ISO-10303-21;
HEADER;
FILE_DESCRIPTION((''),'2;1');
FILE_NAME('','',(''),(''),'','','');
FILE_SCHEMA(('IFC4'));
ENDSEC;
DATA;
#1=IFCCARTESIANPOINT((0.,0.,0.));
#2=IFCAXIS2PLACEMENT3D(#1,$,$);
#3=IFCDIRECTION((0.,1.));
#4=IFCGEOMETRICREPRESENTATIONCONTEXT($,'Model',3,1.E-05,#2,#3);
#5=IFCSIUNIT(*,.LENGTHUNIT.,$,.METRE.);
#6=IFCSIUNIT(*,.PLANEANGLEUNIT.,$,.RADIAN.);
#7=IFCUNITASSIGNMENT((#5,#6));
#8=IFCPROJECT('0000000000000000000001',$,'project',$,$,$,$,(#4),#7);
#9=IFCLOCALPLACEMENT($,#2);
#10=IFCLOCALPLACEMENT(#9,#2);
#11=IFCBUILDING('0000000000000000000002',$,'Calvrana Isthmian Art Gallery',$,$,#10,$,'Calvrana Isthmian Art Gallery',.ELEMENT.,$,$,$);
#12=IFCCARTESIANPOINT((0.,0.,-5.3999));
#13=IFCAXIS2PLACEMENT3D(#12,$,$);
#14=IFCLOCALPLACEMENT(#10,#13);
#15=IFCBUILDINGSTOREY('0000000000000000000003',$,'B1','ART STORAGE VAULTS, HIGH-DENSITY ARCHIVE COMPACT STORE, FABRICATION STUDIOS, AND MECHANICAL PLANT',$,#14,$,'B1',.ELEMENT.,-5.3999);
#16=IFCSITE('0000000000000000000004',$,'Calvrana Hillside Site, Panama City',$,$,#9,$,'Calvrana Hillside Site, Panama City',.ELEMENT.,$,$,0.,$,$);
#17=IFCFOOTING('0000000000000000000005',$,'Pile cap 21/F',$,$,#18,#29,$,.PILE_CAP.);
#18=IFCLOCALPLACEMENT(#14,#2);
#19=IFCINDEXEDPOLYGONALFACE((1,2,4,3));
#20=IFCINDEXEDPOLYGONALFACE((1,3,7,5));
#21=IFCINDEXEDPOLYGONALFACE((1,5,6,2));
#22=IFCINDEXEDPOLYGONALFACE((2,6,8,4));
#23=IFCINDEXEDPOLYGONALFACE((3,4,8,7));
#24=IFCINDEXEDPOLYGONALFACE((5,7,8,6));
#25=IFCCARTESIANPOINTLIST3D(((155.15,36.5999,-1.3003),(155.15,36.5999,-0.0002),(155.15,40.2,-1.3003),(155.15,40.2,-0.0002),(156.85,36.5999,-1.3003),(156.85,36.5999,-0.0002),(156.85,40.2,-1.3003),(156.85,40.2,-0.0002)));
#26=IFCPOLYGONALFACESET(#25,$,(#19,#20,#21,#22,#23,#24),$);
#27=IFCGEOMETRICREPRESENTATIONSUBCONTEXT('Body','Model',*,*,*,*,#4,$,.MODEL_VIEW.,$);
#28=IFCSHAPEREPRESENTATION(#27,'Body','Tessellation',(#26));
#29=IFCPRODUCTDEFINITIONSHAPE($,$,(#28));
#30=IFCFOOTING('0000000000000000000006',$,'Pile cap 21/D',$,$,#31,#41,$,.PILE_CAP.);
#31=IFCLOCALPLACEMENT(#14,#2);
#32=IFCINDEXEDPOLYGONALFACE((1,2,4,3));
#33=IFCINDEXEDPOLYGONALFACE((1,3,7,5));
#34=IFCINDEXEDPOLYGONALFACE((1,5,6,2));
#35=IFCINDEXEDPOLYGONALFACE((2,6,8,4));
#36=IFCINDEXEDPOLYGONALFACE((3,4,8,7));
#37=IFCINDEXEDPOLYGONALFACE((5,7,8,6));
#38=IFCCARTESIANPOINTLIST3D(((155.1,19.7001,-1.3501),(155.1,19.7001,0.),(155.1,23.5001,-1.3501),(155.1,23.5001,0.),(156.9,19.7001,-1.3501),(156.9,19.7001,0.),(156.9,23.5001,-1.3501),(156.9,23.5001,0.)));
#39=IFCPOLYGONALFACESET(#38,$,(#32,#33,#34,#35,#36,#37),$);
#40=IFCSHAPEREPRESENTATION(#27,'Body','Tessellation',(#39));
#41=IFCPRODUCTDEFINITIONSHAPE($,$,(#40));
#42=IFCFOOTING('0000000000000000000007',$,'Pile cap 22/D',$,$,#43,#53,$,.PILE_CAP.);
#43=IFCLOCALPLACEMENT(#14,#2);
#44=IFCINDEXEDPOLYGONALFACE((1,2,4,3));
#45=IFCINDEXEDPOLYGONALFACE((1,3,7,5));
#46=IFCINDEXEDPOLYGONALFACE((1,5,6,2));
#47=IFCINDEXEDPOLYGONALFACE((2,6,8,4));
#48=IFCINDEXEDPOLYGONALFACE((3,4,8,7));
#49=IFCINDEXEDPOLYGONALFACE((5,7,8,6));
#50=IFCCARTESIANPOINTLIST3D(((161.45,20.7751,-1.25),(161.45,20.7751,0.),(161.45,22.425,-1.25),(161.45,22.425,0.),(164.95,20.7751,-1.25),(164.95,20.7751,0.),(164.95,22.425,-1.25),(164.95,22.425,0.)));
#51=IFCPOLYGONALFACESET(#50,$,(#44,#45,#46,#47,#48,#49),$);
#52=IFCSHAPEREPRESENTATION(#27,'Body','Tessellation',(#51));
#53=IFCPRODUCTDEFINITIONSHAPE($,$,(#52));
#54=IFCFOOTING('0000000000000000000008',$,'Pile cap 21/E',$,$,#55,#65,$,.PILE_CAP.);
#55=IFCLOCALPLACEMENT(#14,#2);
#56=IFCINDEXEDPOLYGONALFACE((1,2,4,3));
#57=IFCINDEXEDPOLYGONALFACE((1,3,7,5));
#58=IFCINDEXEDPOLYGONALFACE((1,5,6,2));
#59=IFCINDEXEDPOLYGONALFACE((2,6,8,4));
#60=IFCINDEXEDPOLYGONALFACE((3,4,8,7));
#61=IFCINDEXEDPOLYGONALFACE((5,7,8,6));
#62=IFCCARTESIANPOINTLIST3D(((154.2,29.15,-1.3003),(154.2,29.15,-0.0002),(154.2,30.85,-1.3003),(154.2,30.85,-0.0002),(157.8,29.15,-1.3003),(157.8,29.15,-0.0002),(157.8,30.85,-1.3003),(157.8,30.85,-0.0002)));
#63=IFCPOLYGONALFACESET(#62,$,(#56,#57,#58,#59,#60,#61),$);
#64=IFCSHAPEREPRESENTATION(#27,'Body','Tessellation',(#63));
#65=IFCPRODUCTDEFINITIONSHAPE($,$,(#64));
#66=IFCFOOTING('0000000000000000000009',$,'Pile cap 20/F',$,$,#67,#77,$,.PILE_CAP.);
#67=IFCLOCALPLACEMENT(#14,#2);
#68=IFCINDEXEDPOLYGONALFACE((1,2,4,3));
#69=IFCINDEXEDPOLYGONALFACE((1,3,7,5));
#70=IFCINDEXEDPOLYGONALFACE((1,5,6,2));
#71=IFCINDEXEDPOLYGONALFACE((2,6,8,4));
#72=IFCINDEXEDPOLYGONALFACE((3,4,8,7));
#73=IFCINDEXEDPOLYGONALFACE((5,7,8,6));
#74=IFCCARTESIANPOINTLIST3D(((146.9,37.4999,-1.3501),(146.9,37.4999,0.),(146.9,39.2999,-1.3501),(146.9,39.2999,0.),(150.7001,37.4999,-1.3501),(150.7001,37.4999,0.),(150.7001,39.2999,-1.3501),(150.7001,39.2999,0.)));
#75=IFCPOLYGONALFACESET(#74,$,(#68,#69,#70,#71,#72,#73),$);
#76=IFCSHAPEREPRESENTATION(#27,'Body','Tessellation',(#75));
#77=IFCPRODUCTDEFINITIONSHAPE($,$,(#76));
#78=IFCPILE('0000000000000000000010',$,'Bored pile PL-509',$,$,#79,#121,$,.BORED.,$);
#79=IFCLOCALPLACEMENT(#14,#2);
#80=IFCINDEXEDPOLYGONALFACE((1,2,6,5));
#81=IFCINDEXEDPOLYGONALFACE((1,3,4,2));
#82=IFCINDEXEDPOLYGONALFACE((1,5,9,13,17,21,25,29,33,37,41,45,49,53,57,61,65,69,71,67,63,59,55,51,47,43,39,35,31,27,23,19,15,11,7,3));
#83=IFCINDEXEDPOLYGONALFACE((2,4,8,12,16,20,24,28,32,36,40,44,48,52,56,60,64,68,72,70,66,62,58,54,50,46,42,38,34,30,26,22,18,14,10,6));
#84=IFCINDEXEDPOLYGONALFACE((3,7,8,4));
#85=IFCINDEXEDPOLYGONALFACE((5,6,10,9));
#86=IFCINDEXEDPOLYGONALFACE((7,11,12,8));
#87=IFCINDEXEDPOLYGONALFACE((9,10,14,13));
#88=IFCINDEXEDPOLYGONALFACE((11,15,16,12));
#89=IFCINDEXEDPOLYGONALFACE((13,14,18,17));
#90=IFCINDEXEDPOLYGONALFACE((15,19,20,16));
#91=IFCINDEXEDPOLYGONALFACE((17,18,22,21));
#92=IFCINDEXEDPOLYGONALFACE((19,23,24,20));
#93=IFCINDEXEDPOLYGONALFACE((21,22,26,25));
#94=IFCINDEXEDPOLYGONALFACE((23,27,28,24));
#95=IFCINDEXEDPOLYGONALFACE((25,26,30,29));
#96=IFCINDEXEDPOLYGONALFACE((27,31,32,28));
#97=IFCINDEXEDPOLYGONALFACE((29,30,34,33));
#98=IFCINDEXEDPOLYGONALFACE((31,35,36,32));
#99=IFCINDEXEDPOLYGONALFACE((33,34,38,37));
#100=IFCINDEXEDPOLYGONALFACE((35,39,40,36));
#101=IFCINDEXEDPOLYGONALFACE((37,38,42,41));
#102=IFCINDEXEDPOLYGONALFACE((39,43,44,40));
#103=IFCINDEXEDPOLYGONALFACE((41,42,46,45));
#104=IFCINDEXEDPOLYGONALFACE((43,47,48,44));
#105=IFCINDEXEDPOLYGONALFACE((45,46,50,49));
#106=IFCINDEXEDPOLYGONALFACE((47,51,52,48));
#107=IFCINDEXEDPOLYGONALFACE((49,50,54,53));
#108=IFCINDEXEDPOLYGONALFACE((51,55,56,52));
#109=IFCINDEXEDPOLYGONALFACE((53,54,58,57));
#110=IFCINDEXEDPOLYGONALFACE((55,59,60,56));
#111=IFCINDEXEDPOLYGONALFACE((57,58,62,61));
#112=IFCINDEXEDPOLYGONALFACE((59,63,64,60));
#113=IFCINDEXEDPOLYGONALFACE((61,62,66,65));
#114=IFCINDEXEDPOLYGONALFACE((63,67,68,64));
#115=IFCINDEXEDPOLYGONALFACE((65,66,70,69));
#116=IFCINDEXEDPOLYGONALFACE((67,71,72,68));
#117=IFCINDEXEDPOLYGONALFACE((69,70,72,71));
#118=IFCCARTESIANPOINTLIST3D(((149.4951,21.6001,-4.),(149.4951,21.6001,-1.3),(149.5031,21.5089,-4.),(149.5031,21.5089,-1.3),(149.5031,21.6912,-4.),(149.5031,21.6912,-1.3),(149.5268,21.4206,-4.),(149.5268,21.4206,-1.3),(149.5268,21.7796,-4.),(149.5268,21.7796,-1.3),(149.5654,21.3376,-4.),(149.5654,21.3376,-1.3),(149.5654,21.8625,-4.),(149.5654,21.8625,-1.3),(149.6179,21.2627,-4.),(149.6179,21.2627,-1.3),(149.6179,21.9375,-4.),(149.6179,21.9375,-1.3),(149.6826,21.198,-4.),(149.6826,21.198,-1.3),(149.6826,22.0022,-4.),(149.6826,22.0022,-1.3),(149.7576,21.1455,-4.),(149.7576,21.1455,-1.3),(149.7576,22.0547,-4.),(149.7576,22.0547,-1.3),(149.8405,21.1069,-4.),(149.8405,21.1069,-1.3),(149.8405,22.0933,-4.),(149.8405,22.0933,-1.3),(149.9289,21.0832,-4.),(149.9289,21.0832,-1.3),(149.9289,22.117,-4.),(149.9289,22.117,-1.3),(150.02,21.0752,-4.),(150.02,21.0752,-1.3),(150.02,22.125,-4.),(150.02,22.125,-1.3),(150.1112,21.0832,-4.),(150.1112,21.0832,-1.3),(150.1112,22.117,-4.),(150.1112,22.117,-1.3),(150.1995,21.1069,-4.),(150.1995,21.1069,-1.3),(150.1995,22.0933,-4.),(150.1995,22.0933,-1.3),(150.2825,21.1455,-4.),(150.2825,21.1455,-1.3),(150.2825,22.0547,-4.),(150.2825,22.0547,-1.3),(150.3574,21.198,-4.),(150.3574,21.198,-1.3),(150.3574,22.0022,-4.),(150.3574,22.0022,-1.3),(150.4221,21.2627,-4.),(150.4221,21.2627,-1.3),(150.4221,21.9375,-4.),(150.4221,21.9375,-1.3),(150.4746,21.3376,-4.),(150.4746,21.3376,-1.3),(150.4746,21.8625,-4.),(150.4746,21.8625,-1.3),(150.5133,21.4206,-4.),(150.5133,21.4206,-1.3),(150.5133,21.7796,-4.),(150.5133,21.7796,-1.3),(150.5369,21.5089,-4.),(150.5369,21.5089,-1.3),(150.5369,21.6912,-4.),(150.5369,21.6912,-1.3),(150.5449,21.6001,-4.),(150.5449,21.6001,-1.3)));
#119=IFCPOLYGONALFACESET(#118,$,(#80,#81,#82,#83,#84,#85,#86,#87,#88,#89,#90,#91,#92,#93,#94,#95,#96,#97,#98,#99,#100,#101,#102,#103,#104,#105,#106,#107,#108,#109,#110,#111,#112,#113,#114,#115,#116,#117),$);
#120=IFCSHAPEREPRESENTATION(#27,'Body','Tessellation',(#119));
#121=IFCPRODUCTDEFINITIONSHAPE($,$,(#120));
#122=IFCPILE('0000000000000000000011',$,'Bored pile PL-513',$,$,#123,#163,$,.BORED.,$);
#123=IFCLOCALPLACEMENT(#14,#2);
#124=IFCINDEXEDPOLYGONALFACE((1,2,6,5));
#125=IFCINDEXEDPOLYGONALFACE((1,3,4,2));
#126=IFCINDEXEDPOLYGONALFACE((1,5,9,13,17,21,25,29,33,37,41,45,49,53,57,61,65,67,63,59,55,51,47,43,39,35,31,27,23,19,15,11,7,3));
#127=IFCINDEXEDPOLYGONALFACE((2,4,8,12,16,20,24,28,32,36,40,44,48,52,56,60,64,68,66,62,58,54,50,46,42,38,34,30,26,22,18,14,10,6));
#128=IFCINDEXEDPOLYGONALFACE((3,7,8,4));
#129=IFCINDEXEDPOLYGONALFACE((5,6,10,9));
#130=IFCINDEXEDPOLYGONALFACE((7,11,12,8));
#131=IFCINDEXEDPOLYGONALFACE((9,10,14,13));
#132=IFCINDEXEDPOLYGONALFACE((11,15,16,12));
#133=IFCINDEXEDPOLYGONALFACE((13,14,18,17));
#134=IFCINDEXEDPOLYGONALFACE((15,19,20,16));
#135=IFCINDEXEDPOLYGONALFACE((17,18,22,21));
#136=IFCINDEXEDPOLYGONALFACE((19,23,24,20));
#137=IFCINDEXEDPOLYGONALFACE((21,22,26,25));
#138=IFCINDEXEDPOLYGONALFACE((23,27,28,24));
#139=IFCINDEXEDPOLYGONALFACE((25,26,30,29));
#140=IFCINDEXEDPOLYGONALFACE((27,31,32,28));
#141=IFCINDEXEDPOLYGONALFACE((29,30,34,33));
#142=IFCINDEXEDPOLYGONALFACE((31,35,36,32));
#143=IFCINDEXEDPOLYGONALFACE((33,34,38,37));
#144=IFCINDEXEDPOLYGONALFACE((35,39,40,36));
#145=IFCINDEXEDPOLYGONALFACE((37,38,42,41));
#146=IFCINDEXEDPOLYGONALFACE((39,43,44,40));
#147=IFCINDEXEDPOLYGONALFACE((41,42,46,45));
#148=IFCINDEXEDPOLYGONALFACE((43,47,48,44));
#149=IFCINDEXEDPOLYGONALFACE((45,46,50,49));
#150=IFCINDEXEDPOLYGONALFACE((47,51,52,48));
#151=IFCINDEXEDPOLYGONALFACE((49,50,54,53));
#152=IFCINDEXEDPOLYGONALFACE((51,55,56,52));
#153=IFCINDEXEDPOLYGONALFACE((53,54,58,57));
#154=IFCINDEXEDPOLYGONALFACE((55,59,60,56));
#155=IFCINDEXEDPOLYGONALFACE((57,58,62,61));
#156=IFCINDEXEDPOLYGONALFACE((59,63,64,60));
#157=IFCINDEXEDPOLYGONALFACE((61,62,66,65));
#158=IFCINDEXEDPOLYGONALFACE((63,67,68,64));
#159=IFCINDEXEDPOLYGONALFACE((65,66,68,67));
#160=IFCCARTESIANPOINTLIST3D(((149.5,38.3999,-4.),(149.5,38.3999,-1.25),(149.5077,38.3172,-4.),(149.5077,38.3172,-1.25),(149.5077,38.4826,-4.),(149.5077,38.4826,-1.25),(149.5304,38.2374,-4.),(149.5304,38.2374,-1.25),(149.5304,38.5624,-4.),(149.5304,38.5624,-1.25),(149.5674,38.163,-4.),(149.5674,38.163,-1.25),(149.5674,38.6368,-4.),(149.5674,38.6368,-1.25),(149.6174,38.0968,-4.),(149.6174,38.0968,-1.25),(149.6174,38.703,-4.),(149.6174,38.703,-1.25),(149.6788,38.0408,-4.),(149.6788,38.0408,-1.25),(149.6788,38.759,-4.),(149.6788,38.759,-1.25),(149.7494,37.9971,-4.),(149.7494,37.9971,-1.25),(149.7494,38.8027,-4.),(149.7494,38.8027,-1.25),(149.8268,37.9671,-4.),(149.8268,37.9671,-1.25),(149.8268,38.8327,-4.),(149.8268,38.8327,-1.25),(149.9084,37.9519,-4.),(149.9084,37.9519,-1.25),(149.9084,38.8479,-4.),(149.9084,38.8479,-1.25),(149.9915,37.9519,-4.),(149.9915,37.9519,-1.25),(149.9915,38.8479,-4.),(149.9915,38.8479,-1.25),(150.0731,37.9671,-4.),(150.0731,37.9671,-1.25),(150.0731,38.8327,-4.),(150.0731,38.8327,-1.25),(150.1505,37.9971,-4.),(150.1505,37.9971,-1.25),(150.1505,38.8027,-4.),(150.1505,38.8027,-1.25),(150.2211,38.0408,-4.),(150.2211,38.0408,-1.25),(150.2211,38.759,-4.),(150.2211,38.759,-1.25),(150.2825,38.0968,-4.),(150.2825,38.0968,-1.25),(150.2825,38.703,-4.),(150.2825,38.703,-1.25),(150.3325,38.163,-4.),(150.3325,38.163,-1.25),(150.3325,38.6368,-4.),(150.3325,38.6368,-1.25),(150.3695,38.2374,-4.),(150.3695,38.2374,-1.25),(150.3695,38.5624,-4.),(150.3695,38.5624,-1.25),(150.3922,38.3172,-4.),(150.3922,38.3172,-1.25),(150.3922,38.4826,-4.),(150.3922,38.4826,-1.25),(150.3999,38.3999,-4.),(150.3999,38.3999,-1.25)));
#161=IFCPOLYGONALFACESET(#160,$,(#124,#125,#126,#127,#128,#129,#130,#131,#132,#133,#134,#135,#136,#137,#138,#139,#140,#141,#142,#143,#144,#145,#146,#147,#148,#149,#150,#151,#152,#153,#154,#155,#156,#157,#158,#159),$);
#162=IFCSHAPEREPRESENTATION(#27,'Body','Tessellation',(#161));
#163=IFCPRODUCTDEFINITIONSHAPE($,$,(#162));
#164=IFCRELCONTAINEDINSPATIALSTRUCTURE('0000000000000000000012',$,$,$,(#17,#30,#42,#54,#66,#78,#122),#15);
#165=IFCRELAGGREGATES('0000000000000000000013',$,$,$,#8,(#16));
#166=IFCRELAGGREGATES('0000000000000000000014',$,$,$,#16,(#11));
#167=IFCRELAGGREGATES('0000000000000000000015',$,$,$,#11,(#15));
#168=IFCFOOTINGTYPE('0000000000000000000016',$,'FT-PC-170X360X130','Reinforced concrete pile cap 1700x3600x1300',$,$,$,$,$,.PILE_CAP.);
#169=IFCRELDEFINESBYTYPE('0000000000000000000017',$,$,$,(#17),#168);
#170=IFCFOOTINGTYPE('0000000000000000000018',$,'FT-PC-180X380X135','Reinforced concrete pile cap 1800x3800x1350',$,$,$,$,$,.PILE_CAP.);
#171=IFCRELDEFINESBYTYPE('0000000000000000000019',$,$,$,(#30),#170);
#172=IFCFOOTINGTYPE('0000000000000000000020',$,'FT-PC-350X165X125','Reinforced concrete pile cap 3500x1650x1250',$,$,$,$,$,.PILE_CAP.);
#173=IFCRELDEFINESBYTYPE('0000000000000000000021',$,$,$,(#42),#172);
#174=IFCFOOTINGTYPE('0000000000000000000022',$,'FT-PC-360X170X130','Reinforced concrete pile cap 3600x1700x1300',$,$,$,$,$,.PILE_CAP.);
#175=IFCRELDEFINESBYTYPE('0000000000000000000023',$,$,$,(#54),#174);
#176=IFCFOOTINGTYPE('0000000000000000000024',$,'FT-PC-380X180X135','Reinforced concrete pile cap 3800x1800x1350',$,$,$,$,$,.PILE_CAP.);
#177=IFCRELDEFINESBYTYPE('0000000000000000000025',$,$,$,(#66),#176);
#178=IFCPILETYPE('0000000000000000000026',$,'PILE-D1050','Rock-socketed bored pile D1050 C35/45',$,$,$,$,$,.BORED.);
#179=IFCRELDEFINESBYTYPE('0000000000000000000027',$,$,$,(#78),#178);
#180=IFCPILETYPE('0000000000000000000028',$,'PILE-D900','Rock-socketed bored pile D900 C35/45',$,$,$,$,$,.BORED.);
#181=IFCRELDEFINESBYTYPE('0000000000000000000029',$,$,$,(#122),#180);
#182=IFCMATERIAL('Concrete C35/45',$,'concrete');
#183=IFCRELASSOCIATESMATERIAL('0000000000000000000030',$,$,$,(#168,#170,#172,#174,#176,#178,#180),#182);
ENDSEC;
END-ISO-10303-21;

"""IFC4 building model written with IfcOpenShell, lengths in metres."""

from ifc_helpers import new_model, si_unit, direction, frame, origin, origin_2d, place, context, subcontext, project, spatial, rectangle, circle, extrude, material, material_profile, profile_set, type_object, element, save


model = new_model("IFC4")

# Units and contexts
model_context = context("Model", 3, precision=1e-05, world=origin(), true_north=direction((0.0, 1.0)))
body_context = subcontext(model_context, "Body", "Model", "MODEL_VIEW")
ifc_project = project(units=[si_unit("LENGTHUNIT", "METRE"), si_unit("PLANEANGLEUNIT", "RADIAN")], contexts=[model_context])

# Site, building, storey
site_placement = place(None, origin())
site = spatial("IfcSite", under=ifc_project, at=site_placement, Name="Calvrana Hillside Site, Panama City", LongName="Calvrana Hillside Site, Panama City", CompositionType="ELEMENT", RefElevation=0.0)
building_placement = place(site_placement, origin())
building = spatial("IfcBuilding", under=site, at=building_placement, Name="Calvrana Isthmian Art Gallery", LongName="Calvrana Isthmian Art Gallery", CompositionType="ELEMENT")
storey_placement = place(building_placement, frame((0.0, 0.0, -5.3999)))
storey = spatial("IfcBuildingStorey", under=building, at=storey_placement, Name="B1", Description="ART STORAGE VAULTS, HIGH-DENSITY ARCHIVE COMPACT STORE, FABRICATION STUDIOS, AND MECHANICAL PLANT", LongName="B1", CompositionType="ELEMENT", Elevation=-5.3999)

# Footings
ifc_material_1 = material(Name="Concrete C35/45", Category="concrete")
footing_type_1 = type_object("IfcFootingType", Name="FT-PC-170X360X130", Description="Reinforced concrete pile cap 1700x3600x1300", PredefinedType="PILE_CAP", material=ifc_material_1)
footing_1_placement = place(storey_placement, frame((156.0, 38.3999, -1.3003), z_axis=(0.0, 0.0, 1.0), x_axis=(1.0, 0.0, 0.0)))
element("IfcFooting", 1, at=footing_1_placement, inside=storey, type_object=footing_type_1, Name="Pile cap 21/F", PredefinedType="PILE_CAP", context=body_context, shape_type="SweptSolid", body=[
    extrude(rectangle(XDim=1.7, YDim=3.6001, at=origin_2d()), origin(), (0.0, 0.0, 1.0), 1.3),
])
footing_type_2 = type_object("IfcFootingType", Name="FT-PC-180X380X135", Description="Reinforced concrete pile cap 1800x3800x1350", PredefinedType="PILE_CAP", material=ifc_material_1)
footing_2_placement = place(storey_placement, frame((156.0, 21.6001, -1.3501), z_axis=(0.0, 0.0, 1.0), x_axis=(1.0, 0.0, 0.0)))
element("IfcFooting", 2, at=footing_2_placement, inside=storey, type_object=footing_type_2, Name="Pile cap 21/D", PredefinedType="PILE_CAP", context=body_context, shape_type="SweptSolid", body=[
    extrude(rectangle(XDim=1.8, YDim=3.8, at=origin_2d()), origin(), (0.0, 0.0, 1.0), 1.3501),
])
footing_type_3 = type_object("IfcFootingType", Name="FT-PC-350X165X125", Description="Reinforced concrete pile cap 3500x1650x1250", PredefinedType="PILE_CAP", material=ifc_material_1)
footing_3_placement = place(storey_placement, frame((163.2, 21.6001, -1.25), z_axis=(0.0, 0.0, 1.0), x_axis=(1.0, 0.0, 0.0)))
element("IfcFooting", 3, at=footing_3_placement, inside=storey, type_object=footing_type_3, Name="Pile cap 22/D", PredefinedType="PILE_CAP", context=body_context, shape_type="SweptSolid", body=[
    extrude(rectangle(XDim=3.5, YDim=1.6499, at=origin_2d()), origin(), (0.0, 0.0, 1.0), 1.25),
])
footing_type_4 = type_object("IfcFootingType", Name="FT-PC-360X170X130", Description="Reinforced concrete pile cap 3600x1700x1300", PredefinedType="PILE_CAP", material=ifc_material_1)
footing_4_placement = place(storey_placement, frame((156.0, 30.0, -1.3003), z_axis=(0.0, 0.0, 1.0), x_axis=(1.0, 0.0, 0.0)))
element("IfcFooting", 4, at=footing_4_placement, inside=storey, type_object=footing_type_4, Name="Pile cap 21/E", PredefinedType="PILE_CAP", context=body_context, shape_type="SweptSolid", body=[
    extrude(rectangle(XDim=3.6001, YDim=1.7, at=origin_2d()), origin(), (0.0, 0.0, 1.0), 1.3),
])
footing_type_5 = type_object("IfcFootingType", Name="FT-PC-380X180X135", Description="Reinforced concrete pile cap 3800x1800x1350", PredefinedType="PILE_CAP", material=ifc_material_1)
footing_5_placement = place(storey_placement, frame((148.8, 38.3999, -1.3501), z_axis=(0.0, 0.0, 1.0), x_axis=(1.0, 0.0, 0.0)))
element("IfcFooting", 5, at=footing_5_placement, inside=storey, type_object=footing_type_5, Name="Pile cap 20/F", PredefinedType="PILE_CAP", context=body_context, shape_type="SweptSolid", body=[
    extrude(rectangle(XDim=3.8, YDim=1.8, at=origin_2d()), origin(), (0.0, 0.0, 1.0), 1.3501),
])

# Piles
ifc_material_profile_1 = material_profile(ifc_material_1, circle(Radius=0.5249, at=origin_2d()), Name="PILE1050D")
ifc_profile_set_1 = profile_set([ifc_material_profile_1], Name="Concrete C35/45")
pile_type_1 = type_object("IfcPileType", Name="PILE-D1050", Description="Rock-socketed bored pile D1050 C35/45", PredefinedType="BORED", material=ifc_profile_set_1)
pile_placement = place(storey_placement, frame((150.02, 21.6001, -1.3), z_axis=(0.0, 0.0, -1.0), x_axis=(1.0, 0.0, 0.0)))
element("IfcPile", 6, at=pile_placement, inside=storey, type_object=pile_type_1, Name="Bored pile PL-509", PredefinedType="BORED", context=body_context, shape_type="SweptSolid", body=[
    extrude(circle(Radius=0.5249, at=origin_2d()), origin(), (0.0, 0.0, 1.0), 2.7),
])
ifc_material_profile_2 = material_profile(ifc_material_1, circle(Radius=0.45, at=origin_2d()), Name="PILE900D")
ifc_profile_set_2 = profile_set([ifc_material_profile_2], Name="Concrete C35/45")
pile_type_2 = type_object("IfcPileType", Name="PILE-D900", Description="Rock-socketed bored pile D900 C35/45", PredefinedType="BORED", material=ifc_profile_set_2)
for number, where, z_axis, x_axis, name in (
    (7, (149.95, 38.3999, -1.25), (0.0, 0.0, -1.0), (1.0, 0.0, 0.0), "Bored pile PL-513"),
):
    element("IfcPile", number, at=place(storey_placement, frame(where, z_axis=z_axis, x_axis=x_axis)), inside=storey, type_object=pile_type_2, Name=name, PredefinedType="BORED", context=body_context, shape_type="SweptSolid", body=[
        extrude(circle(Radius=0.45, at=origin_2d()), origin(), (0.0, 0.0, 1.0), 2.75),
    ])

save(model, "model.ifc")
